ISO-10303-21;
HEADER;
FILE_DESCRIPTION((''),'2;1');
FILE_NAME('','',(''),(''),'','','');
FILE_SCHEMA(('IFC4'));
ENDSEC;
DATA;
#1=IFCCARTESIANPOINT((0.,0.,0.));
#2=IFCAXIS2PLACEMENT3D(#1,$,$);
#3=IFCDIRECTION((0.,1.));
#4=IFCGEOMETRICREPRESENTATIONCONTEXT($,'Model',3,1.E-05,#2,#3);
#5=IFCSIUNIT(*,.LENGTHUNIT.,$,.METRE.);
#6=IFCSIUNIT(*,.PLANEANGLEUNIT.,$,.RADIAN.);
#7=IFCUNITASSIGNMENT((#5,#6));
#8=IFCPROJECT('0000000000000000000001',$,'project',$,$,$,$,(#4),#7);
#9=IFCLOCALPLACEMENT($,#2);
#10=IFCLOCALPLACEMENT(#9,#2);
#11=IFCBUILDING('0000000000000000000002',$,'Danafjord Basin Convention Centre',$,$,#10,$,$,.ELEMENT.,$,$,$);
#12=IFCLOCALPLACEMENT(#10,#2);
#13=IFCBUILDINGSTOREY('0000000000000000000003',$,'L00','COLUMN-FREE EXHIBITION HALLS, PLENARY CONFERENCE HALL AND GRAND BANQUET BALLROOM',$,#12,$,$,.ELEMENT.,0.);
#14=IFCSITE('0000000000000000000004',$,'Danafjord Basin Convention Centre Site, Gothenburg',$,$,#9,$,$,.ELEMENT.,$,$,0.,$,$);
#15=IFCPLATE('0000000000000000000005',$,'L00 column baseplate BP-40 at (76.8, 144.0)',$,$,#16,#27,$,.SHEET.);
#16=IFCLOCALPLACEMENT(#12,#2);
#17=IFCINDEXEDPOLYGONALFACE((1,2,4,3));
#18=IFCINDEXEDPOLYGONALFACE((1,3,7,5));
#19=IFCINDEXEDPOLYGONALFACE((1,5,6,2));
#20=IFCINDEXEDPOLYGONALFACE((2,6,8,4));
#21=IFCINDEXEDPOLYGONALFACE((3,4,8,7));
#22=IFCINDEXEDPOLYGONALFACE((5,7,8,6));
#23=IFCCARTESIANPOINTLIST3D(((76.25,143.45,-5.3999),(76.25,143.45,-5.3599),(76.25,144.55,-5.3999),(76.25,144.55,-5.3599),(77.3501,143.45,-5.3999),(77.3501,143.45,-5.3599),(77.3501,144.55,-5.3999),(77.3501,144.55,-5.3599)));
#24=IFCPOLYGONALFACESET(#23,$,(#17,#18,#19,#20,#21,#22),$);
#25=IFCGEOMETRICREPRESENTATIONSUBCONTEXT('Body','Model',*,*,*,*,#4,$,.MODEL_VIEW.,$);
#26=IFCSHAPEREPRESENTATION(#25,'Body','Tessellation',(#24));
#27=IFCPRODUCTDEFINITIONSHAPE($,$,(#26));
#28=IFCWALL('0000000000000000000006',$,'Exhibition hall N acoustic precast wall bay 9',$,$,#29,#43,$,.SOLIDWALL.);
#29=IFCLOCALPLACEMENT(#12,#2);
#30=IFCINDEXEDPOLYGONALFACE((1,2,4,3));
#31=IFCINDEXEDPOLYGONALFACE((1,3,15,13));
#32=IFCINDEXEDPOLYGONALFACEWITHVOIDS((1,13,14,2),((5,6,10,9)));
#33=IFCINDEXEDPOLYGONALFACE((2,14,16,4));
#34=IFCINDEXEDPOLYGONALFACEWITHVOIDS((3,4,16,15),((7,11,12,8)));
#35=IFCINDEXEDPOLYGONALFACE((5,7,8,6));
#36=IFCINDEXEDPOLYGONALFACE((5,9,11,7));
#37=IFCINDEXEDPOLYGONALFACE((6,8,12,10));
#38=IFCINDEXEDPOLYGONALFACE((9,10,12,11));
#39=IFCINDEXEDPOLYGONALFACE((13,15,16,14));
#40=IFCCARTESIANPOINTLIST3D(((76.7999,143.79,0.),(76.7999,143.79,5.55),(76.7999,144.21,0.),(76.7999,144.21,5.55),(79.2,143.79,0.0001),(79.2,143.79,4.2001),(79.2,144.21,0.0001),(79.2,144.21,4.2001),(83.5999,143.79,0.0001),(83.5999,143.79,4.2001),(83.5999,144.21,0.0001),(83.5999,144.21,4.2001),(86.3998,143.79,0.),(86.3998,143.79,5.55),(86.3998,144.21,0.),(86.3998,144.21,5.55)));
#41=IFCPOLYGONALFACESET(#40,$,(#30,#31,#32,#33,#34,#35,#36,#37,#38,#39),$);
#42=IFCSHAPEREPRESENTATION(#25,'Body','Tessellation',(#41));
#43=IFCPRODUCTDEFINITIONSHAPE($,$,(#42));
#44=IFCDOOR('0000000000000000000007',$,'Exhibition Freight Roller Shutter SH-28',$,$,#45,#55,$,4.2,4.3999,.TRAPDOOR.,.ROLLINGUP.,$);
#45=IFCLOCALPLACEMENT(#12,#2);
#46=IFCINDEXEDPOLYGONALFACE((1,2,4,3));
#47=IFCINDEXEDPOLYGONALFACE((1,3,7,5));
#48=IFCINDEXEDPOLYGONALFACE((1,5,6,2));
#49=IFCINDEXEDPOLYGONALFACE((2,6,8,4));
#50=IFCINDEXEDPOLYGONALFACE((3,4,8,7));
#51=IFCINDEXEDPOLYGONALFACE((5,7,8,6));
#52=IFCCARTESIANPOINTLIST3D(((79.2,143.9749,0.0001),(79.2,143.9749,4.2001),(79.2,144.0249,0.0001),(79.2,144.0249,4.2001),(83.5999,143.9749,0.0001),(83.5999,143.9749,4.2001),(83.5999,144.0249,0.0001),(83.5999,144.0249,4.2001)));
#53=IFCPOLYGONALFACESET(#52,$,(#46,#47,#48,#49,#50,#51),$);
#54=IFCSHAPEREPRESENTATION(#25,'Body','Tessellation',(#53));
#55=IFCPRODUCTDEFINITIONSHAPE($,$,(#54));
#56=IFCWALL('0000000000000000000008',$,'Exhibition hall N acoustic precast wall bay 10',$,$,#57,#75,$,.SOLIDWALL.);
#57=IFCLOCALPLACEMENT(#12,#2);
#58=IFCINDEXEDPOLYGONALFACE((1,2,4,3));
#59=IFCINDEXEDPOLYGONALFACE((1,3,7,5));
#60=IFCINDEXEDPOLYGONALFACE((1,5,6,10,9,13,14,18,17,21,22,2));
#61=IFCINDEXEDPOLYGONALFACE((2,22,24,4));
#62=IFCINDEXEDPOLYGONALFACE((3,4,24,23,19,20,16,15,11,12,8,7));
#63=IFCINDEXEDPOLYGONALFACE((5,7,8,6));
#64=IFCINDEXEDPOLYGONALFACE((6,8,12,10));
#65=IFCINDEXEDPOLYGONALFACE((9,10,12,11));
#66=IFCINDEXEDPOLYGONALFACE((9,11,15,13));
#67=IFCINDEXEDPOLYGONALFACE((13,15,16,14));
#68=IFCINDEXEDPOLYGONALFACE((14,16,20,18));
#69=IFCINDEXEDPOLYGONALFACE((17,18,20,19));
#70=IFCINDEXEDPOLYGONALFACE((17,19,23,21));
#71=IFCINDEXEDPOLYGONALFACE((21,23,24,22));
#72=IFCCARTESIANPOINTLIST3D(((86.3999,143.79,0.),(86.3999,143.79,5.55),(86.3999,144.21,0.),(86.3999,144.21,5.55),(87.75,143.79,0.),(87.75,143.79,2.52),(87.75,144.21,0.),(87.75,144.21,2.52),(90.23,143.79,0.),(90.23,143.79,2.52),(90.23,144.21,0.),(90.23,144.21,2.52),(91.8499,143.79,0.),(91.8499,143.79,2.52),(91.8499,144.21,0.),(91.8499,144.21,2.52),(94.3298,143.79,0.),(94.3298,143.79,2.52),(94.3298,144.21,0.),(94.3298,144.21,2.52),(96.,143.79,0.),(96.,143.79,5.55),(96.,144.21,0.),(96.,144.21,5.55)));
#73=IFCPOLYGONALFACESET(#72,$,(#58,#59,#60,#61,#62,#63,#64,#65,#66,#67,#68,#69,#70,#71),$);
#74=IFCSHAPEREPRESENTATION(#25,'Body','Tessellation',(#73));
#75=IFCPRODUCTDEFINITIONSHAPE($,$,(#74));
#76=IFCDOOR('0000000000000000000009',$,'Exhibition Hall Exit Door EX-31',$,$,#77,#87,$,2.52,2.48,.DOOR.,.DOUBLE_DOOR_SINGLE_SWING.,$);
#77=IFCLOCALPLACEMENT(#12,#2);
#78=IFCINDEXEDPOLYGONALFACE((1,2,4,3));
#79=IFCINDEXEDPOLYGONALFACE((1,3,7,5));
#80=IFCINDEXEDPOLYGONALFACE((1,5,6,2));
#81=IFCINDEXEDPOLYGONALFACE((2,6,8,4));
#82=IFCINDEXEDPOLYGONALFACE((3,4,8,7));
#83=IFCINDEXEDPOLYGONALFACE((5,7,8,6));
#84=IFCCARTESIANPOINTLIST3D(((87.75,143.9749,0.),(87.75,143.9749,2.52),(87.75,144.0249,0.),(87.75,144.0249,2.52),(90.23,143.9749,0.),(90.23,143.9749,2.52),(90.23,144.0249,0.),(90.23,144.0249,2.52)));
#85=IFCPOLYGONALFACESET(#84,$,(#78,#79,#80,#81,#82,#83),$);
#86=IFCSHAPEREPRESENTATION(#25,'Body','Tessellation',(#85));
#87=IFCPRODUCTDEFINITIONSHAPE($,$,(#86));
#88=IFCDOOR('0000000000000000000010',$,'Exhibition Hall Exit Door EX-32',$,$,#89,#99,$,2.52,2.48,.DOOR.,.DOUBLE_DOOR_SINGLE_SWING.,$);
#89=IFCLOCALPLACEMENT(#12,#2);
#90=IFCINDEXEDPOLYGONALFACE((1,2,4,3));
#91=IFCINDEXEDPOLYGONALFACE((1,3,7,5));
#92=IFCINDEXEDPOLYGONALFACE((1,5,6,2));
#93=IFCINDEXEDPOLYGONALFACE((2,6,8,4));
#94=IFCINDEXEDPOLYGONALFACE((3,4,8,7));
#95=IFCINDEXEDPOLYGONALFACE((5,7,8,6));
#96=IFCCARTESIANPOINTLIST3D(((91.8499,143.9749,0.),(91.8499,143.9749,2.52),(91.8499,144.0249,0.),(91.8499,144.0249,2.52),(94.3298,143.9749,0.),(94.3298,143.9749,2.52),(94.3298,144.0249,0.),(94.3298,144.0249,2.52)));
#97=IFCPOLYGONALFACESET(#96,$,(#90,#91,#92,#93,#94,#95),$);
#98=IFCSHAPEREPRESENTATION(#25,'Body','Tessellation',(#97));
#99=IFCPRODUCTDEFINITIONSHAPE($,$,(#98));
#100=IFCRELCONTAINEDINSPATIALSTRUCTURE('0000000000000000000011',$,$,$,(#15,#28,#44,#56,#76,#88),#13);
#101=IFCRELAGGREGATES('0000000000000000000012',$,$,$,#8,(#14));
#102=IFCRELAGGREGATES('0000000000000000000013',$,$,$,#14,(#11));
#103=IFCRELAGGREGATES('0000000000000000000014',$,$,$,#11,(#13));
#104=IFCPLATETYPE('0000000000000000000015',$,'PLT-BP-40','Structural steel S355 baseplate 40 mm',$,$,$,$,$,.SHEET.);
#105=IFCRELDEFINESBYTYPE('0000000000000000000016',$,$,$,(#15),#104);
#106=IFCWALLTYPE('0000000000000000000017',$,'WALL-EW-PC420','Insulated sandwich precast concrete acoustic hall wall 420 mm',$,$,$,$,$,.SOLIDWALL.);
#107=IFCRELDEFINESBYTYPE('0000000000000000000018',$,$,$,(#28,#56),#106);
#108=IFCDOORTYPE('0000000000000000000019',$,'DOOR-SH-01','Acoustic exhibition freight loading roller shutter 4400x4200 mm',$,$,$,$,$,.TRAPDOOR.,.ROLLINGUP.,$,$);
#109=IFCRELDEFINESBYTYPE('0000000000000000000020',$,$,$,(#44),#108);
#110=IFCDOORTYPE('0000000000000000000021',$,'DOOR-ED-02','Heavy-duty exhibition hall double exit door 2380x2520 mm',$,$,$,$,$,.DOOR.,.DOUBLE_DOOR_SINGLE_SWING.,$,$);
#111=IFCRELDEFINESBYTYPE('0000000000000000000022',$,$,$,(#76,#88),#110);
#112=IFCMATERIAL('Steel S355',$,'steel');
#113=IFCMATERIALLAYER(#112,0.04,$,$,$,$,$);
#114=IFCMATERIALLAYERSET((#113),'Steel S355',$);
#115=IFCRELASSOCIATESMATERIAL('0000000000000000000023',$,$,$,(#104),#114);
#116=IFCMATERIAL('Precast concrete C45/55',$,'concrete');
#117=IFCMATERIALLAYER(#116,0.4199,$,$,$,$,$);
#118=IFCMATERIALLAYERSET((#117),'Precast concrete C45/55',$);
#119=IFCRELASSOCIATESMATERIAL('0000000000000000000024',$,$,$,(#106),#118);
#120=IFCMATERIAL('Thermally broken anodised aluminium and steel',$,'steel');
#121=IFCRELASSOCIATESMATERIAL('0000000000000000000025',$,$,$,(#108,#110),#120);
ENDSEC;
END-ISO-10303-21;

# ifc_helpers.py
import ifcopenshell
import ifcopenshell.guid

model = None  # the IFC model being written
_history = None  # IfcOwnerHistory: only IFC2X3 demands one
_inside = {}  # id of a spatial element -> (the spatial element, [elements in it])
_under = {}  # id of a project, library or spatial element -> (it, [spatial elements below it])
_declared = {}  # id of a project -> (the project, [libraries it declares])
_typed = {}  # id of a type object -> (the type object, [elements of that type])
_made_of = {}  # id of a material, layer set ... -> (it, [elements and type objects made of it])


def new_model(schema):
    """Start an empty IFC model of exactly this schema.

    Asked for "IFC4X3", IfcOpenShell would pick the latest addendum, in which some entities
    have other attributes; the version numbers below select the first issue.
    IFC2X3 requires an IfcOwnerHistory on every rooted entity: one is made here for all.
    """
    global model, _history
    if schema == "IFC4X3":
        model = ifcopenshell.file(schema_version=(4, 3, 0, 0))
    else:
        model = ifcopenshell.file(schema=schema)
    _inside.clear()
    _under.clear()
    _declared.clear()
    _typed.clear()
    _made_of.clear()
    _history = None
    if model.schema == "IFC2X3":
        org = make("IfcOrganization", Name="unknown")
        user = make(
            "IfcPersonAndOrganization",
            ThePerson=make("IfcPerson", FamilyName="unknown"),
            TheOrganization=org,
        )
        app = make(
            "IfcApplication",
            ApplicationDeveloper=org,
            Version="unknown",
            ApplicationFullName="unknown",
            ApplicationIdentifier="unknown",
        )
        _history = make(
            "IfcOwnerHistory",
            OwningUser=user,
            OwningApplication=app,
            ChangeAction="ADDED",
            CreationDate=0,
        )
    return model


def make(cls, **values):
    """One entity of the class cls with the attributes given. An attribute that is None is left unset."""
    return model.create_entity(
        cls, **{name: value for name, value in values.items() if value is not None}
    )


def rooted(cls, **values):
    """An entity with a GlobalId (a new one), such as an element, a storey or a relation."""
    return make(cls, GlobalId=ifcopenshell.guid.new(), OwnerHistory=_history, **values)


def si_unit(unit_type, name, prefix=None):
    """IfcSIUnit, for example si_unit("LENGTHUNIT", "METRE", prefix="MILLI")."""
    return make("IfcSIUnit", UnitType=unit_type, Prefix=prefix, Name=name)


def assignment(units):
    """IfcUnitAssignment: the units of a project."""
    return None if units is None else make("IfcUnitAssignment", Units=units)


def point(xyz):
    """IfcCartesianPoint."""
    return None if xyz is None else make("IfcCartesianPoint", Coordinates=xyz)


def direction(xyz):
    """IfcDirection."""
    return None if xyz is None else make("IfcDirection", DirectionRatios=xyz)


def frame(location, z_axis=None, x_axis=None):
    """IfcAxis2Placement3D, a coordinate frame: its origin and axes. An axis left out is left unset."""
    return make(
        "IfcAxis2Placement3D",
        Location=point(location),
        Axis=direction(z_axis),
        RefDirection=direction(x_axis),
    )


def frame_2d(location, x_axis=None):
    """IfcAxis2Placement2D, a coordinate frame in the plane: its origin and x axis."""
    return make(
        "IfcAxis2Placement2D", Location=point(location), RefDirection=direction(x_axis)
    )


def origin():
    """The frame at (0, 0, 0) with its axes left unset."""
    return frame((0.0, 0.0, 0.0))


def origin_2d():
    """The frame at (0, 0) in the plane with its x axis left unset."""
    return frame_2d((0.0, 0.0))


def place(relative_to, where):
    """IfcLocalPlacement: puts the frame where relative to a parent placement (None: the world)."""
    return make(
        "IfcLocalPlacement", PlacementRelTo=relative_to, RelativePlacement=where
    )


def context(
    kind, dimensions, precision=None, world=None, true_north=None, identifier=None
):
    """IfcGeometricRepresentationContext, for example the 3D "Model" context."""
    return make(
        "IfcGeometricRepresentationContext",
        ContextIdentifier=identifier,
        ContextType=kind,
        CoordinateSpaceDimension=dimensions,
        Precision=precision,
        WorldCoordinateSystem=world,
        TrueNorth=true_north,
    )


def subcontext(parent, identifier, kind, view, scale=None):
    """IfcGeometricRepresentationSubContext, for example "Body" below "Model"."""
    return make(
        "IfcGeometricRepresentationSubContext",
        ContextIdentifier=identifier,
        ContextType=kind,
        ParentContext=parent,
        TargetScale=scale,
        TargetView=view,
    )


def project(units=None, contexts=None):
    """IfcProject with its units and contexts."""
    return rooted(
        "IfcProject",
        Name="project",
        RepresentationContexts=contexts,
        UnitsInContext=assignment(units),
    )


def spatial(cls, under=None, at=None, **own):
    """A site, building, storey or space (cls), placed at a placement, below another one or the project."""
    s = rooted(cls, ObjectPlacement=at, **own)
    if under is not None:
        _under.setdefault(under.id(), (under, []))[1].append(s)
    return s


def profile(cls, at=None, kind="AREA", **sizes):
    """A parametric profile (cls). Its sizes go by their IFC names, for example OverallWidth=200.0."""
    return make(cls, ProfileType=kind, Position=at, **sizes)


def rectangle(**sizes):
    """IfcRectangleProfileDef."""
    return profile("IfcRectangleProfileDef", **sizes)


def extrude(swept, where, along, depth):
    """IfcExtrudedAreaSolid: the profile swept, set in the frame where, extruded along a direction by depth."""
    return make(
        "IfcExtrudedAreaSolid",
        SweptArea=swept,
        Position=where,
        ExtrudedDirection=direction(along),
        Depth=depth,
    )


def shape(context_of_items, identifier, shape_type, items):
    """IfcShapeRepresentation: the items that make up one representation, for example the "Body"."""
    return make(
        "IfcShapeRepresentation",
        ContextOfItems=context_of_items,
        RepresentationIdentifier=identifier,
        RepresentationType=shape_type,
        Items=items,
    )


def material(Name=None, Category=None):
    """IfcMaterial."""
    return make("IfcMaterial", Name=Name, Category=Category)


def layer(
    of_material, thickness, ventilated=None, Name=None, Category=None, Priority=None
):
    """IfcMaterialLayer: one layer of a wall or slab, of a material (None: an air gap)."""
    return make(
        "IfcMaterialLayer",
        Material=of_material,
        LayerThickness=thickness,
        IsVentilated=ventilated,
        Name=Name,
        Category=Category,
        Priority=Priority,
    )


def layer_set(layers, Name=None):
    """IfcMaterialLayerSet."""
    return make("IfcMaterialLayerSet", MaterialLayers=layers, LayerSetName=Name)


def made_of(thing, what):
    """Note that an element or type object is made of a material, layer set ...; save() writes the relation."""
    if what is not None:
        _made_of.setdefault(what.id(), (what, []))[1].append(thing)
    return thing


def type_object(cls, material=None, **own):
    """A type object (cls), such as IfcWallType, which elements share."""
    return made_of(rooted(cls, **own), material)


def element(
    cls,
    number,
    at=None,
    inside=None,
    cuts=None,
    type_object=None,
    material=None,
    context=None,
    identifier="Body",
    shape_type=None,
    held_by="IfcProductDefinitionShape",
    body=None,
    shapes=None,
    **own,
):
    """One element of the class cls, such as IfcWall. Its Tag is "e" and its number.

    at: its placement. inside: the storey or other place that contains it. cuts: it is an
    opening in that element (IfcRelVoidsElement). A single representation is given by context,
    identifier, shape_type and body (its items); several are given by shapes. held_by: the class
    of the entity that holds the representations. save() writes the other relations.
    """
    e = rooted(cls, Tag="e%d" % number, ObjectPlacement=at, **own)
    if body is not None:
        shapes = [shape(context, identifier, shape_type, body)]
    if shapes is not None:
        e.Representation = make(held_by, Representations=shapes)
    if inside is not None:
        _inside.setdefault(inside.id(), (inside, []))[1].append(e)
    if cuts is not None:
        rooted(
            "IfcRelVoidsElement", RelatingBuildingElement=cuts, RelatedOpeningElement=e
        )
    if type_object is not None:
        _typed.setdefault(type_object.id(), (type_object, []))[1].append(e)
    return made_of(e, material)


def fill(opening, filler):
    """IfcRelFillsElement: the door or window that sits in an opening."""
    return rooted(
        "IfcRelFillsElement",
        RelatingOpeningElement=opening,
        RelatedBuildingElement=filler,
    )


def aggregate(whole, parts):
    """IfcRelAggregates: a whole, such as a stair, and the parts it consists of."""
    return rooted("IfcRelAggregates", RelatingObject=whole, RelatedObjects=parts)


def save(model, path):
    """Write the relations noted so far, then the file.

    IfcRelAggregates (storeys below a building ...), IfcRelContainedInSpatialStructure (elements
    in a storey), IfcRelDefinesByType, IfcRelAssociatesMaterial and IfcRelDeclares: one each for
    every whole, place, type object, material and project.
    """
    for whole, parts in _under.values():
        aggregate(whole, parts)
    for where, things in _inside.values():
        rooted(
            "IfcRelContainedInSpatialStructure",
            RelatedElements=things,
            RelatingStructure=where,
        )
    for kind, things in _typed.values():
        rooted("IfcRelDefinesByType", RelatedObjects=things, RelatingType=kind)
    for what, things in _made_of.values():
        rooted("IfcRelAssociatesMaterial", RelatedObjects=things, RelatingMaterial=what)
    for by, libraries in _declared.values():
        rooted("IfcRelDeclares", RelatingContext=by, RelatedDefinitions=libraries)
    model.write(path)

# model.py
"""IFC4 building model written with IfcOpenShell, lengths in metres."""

from ifc_helpers import new_model, si_unit, direction, frame, frame_2d, origin, origin_2d, place, context, subcontext, project, spatial, rectangle, extrude, material, layer, layer_set, type_object, element, fill, save


model = new_model("IFC4")

# Units and contexts
model_context = context("Model", 3, precision=1e-05, world=origin(), true_north=direction((0.0, 1.0)))
body_context = subcontext(model_context, "Body", "Model", "MODEL_VIEW")
ifc_project = project(units=[si_unit("LENGTHUNIT", "METRE"), si_unit("PLANEANGLEUNIT", "RADIAN")], contexts=[model_context])

# Site, building, storey
site_placement = place(None, origin())
site = spatial("IfcSite", under=ifc_project, at=site_placement, Name="Danafjord Basin Convention Centre Site, Gothenburg", CompositionType="ELEMENT", RefElevation=0.0)
building_placement = place(site_placement, origin())
building = spatial("IfcBuilding", under=site, at=building_placement, Name="Danafjord Basin Convention Centre", CompositionType="ELEMENT")
storey_placement = place(building_placement, origin())
storey = spatial("IfcBuildingStorey", under=building, at=storey_placement, Name="L00", Description="COLUMN-FREE EXHIBITION HALLS, PLENARY CONFERENCE HALL AND GRAND BANQUET BALLROOM", CompositionType="ELEMENT", Elevation=0.0)

# Plate
ifc_material_1 = material(Name="Steel S355", Category="steel")
ifc_layer_1 = layer(ifc_material_1, 0.04)
ifc_layer_set_1 = layer_set([ifc_layer_1], Name="Steel S355")
plate_type = type_object("IfcPlateType", Name="PLT-BP-40", Description="Structural steel S355 baseplate 40 mm", PredefinedType="SHEET", material=ifc_layer_set_1)
plate_placement = place(storey_placement, frame((76.8, 144.0, -5.3999), z_axis=(0.0, 0.0, 1.0), x_axis=(1.0, 0.0, 0.0)))
element("IfcPlate", 1, at=plate_placement, inside=storey, type_object=plate_type, Name="L00 column baseplate BP-40 at (76.8, 144.0)", PredefinedType="SHEET", context=body_context, shape_type="SweptSolid", body=[
    extrude(rectangle(XDim=1.1001, YDim=1.1001, at=origin_2d()), origin(), (0.0, 0.0, 1.0), 0.04),
])

# Wall, opening, door
ifc_material_2 = material(Name="Precast concrete C45/55", Category="concrete")
ifc_layer_2 = layer(ifc_material_2, 0.4199)
ifc_layer_set_2 = layer_set([ifc_layer_2], Name="Precast concrete C45/55")
wall_type = type_object("IfcWallType", Name="WALL-EW-PC420", Description="Insulated sandwich precast concrete acoustic hall wall 420 mm", PredefinedType="SOLIDWALL", material=ifc_layer_set_2)
wall_1_placement = place(storey_placement, frame((76.8, 144.0, 0.0), z_axis=(0.0, 0.0, 1.0), x_axis=(1.0, 0.0, 0.0)))
wall_1 = element("IfcWall", 2, at=wall_1_placement, inside=storey, type_object=wall_type, Name="Exhibition hall N acoustic precast wall bay 9", PredefinedType="SOLIDWALL", context=body_context, shape_type="SweptSolid", body=[
    extrude(rectangle(XDim=9.5999, YDim=0.4199, at=frame_2d((4.7998, 0.0))), origin(), (0.0, 0.0, 1.0), 5.55),
])
opening_1_placement = place(wall_1_placement, frame((2.3999, 0.0, 0.0)))
opening_1 = element("IfcOpeningElement", 3, at=opening_1_placement, cuts=wall_1, PredefinedType="OPENING", context=body_context, shape_type="SweptSolid", body=[
    extrude(rectangle(XDim=4.3999, YDim=4.2, at=frame_2d((2.2, 2.1001))), frame((0.0, 0.22, 0.0), z_axis=(0.0, -1.0, 0.0), x_axis=(1.0, 0.0, 0.0)), (0.0, 0.0, 1.0), 0.4399),
])
ifc_material_3 = material(Name="Thermally broken anodised aluminium and steel", Category="steel")
door_type_1 = type_object("IfcDoorType", Name="DOOR-SH-01", Description="Acoustic exhibition freight loading roller shutter 4400x4200 mm", OperationType="ROLLINGUP", PredefinedType="TRAPDOOR", material=ifc_material_3)
door_1_placement = place(opening_1_placement, origin())
door_1 = element("IfcDoor", 4, at=door_1_placement, inside=storey, type_object=door_type_1, Name="Exhibition Freight Roller Shutter SH-28", OperationType="ROLLINGUP", OverallHeight=4.2, OverallWidth=4.3999, PredefinedType="TRAPDOOR", context=body_context, shape_type="SweptSolid", body=[
    extrude(rectangle(XDim=4.3999, YDim=4.2, at=frame_2d((2.2, 2.1001))), frame((0.0, 0.0249, 0.0), z_axis=(0.0, -1.0, 0.0), x_axis=(1.0, 0.0, 0.0)), (0.0, 0.0, 1.0), 0.05),
])
fill(opening_1, door_1)

# Wall, openings, doors
wall_2_placement = place(storey_placement, frame((86.3999, 144.0, 0.0), z_axis=(0.0, 0.0, 1.0), x_axis=(1.0, 0.0, 0.0)))
wall_2 = element("IfcWall", 5, at=wall_2_placement, inside=storey, type_object=wall_type, Name="Exhibition hall N acoustic precast wall bay 10", PredefinedType="SOLIDWALL", context=body_context, shape_type="SweptSolid", body=[
    extrude(rectangle(XDim=9.6001, YDim=0.4199, at=frame_2d((4.8, 0.0))), origin(), (0.0, 0.0, 1.0), 5.55),
])
opening_2_placement = place(wall_2_placement, frame((1.3501, 0.0, 0.0)))
opening_2 = element("IfcOpeningElement", 6, at=opening_2_placement, cuts=wall_2, PredefinedType="OPENING", context=body_context, shape_type="SweptSolid", body=[
    extrude(rectangle(XDim=2.48, YDim=2.52, at=frame_2d((1.24, 1.26))), frame((0.0, 0.22, 0.0), z_axis=(0.0, -1.0, 0.0), x_axis=(1.0, 0.0, 0.0)), (0.0, 0.0, 1.0), 0.4399),
])
opening_3_placement = place(wall_2_placement, frame((5.45, 0.0, 0.0)))
opening_3 = element("IfcOpeningElement", 7, at=opening_3_placement, cuts=wall_2, PredefinedType="OPENING", context=body_context, shape_type="SweptSolid", body=[
    extrude(rectangle(XDim=2.48, YDim=2.52, at=frame_2d((1.24, 1.26))), frame((0.0, 0.22, 0.0), z_axis=(0.0, -1.0, 0.0), x_axis=(1.0, 0.0, 0.0)), (0.0, 0.0, 1.0), 0.4399),
])
door_type_2 = type_object("IfcDoorType", Name="DOOR-ED-02", Description="Heavy-duty exhibition hall double exit door 2380x2520 mm", OperationType="DOUBLE_DOOR_SINGLE_SWING", PredefinedType="DOOR", material=ifc_material_3)
door_2_placement = place(opening_2_placement, origin())
door_2 = element("IfcDoor", 8, at=door_2_placement, inside=storey, type_object=door_type_2, Name="Exhibition Hall Exit Door EX-31", OperationType="DOUBLE_DOOR_SINGLE_SWING", OverallHeight=2.52, OverallWidth=2.48, PredefinedType="DOOR", context=body_context, shape_type="SweptSolid", body=[
    extrude(rectangle(XDim=2.48, YDim=2.52, at=frame_2d((1.24, 1.26))), frame((0.0, 0.0249, 0.0), z_axis=(0.0, -1.0, 0.0), x_axis=(1.0, 0.0, 0.0)), (0.0, 0.0, 1.0), 0.05),
])
fill(opening_2, door_2)
door_3_placement = place(opening_3_placement, origin())
door_3 = element("IfcDoor", 9, at=door_3_placement, inside=storey, type_object=door_type_2, Name="Exhibition Hall Exit Door EX-32", OperationType="DOUBLE_DOOR_SINGLE_SWING", OverallHeight=2.52, OverallWidth=2.48, PredefinedType="DOOR", context=body_context, shape_type="SweptSolid", body=[
    extrude(rectangle(XDim=2.48, YDim=2.52, at=frame_2d((1.24, 1.26))), frame((0.0, 0.0249, 0.0), z_axis=(0.0, -1.0, 0.0), x_axis=(1.0, 0.0, 0.0)), (0.0, 0.0, 1.0), 0.05),
])
fill(opening_3, door_3)

save(model, "model.ifc")
